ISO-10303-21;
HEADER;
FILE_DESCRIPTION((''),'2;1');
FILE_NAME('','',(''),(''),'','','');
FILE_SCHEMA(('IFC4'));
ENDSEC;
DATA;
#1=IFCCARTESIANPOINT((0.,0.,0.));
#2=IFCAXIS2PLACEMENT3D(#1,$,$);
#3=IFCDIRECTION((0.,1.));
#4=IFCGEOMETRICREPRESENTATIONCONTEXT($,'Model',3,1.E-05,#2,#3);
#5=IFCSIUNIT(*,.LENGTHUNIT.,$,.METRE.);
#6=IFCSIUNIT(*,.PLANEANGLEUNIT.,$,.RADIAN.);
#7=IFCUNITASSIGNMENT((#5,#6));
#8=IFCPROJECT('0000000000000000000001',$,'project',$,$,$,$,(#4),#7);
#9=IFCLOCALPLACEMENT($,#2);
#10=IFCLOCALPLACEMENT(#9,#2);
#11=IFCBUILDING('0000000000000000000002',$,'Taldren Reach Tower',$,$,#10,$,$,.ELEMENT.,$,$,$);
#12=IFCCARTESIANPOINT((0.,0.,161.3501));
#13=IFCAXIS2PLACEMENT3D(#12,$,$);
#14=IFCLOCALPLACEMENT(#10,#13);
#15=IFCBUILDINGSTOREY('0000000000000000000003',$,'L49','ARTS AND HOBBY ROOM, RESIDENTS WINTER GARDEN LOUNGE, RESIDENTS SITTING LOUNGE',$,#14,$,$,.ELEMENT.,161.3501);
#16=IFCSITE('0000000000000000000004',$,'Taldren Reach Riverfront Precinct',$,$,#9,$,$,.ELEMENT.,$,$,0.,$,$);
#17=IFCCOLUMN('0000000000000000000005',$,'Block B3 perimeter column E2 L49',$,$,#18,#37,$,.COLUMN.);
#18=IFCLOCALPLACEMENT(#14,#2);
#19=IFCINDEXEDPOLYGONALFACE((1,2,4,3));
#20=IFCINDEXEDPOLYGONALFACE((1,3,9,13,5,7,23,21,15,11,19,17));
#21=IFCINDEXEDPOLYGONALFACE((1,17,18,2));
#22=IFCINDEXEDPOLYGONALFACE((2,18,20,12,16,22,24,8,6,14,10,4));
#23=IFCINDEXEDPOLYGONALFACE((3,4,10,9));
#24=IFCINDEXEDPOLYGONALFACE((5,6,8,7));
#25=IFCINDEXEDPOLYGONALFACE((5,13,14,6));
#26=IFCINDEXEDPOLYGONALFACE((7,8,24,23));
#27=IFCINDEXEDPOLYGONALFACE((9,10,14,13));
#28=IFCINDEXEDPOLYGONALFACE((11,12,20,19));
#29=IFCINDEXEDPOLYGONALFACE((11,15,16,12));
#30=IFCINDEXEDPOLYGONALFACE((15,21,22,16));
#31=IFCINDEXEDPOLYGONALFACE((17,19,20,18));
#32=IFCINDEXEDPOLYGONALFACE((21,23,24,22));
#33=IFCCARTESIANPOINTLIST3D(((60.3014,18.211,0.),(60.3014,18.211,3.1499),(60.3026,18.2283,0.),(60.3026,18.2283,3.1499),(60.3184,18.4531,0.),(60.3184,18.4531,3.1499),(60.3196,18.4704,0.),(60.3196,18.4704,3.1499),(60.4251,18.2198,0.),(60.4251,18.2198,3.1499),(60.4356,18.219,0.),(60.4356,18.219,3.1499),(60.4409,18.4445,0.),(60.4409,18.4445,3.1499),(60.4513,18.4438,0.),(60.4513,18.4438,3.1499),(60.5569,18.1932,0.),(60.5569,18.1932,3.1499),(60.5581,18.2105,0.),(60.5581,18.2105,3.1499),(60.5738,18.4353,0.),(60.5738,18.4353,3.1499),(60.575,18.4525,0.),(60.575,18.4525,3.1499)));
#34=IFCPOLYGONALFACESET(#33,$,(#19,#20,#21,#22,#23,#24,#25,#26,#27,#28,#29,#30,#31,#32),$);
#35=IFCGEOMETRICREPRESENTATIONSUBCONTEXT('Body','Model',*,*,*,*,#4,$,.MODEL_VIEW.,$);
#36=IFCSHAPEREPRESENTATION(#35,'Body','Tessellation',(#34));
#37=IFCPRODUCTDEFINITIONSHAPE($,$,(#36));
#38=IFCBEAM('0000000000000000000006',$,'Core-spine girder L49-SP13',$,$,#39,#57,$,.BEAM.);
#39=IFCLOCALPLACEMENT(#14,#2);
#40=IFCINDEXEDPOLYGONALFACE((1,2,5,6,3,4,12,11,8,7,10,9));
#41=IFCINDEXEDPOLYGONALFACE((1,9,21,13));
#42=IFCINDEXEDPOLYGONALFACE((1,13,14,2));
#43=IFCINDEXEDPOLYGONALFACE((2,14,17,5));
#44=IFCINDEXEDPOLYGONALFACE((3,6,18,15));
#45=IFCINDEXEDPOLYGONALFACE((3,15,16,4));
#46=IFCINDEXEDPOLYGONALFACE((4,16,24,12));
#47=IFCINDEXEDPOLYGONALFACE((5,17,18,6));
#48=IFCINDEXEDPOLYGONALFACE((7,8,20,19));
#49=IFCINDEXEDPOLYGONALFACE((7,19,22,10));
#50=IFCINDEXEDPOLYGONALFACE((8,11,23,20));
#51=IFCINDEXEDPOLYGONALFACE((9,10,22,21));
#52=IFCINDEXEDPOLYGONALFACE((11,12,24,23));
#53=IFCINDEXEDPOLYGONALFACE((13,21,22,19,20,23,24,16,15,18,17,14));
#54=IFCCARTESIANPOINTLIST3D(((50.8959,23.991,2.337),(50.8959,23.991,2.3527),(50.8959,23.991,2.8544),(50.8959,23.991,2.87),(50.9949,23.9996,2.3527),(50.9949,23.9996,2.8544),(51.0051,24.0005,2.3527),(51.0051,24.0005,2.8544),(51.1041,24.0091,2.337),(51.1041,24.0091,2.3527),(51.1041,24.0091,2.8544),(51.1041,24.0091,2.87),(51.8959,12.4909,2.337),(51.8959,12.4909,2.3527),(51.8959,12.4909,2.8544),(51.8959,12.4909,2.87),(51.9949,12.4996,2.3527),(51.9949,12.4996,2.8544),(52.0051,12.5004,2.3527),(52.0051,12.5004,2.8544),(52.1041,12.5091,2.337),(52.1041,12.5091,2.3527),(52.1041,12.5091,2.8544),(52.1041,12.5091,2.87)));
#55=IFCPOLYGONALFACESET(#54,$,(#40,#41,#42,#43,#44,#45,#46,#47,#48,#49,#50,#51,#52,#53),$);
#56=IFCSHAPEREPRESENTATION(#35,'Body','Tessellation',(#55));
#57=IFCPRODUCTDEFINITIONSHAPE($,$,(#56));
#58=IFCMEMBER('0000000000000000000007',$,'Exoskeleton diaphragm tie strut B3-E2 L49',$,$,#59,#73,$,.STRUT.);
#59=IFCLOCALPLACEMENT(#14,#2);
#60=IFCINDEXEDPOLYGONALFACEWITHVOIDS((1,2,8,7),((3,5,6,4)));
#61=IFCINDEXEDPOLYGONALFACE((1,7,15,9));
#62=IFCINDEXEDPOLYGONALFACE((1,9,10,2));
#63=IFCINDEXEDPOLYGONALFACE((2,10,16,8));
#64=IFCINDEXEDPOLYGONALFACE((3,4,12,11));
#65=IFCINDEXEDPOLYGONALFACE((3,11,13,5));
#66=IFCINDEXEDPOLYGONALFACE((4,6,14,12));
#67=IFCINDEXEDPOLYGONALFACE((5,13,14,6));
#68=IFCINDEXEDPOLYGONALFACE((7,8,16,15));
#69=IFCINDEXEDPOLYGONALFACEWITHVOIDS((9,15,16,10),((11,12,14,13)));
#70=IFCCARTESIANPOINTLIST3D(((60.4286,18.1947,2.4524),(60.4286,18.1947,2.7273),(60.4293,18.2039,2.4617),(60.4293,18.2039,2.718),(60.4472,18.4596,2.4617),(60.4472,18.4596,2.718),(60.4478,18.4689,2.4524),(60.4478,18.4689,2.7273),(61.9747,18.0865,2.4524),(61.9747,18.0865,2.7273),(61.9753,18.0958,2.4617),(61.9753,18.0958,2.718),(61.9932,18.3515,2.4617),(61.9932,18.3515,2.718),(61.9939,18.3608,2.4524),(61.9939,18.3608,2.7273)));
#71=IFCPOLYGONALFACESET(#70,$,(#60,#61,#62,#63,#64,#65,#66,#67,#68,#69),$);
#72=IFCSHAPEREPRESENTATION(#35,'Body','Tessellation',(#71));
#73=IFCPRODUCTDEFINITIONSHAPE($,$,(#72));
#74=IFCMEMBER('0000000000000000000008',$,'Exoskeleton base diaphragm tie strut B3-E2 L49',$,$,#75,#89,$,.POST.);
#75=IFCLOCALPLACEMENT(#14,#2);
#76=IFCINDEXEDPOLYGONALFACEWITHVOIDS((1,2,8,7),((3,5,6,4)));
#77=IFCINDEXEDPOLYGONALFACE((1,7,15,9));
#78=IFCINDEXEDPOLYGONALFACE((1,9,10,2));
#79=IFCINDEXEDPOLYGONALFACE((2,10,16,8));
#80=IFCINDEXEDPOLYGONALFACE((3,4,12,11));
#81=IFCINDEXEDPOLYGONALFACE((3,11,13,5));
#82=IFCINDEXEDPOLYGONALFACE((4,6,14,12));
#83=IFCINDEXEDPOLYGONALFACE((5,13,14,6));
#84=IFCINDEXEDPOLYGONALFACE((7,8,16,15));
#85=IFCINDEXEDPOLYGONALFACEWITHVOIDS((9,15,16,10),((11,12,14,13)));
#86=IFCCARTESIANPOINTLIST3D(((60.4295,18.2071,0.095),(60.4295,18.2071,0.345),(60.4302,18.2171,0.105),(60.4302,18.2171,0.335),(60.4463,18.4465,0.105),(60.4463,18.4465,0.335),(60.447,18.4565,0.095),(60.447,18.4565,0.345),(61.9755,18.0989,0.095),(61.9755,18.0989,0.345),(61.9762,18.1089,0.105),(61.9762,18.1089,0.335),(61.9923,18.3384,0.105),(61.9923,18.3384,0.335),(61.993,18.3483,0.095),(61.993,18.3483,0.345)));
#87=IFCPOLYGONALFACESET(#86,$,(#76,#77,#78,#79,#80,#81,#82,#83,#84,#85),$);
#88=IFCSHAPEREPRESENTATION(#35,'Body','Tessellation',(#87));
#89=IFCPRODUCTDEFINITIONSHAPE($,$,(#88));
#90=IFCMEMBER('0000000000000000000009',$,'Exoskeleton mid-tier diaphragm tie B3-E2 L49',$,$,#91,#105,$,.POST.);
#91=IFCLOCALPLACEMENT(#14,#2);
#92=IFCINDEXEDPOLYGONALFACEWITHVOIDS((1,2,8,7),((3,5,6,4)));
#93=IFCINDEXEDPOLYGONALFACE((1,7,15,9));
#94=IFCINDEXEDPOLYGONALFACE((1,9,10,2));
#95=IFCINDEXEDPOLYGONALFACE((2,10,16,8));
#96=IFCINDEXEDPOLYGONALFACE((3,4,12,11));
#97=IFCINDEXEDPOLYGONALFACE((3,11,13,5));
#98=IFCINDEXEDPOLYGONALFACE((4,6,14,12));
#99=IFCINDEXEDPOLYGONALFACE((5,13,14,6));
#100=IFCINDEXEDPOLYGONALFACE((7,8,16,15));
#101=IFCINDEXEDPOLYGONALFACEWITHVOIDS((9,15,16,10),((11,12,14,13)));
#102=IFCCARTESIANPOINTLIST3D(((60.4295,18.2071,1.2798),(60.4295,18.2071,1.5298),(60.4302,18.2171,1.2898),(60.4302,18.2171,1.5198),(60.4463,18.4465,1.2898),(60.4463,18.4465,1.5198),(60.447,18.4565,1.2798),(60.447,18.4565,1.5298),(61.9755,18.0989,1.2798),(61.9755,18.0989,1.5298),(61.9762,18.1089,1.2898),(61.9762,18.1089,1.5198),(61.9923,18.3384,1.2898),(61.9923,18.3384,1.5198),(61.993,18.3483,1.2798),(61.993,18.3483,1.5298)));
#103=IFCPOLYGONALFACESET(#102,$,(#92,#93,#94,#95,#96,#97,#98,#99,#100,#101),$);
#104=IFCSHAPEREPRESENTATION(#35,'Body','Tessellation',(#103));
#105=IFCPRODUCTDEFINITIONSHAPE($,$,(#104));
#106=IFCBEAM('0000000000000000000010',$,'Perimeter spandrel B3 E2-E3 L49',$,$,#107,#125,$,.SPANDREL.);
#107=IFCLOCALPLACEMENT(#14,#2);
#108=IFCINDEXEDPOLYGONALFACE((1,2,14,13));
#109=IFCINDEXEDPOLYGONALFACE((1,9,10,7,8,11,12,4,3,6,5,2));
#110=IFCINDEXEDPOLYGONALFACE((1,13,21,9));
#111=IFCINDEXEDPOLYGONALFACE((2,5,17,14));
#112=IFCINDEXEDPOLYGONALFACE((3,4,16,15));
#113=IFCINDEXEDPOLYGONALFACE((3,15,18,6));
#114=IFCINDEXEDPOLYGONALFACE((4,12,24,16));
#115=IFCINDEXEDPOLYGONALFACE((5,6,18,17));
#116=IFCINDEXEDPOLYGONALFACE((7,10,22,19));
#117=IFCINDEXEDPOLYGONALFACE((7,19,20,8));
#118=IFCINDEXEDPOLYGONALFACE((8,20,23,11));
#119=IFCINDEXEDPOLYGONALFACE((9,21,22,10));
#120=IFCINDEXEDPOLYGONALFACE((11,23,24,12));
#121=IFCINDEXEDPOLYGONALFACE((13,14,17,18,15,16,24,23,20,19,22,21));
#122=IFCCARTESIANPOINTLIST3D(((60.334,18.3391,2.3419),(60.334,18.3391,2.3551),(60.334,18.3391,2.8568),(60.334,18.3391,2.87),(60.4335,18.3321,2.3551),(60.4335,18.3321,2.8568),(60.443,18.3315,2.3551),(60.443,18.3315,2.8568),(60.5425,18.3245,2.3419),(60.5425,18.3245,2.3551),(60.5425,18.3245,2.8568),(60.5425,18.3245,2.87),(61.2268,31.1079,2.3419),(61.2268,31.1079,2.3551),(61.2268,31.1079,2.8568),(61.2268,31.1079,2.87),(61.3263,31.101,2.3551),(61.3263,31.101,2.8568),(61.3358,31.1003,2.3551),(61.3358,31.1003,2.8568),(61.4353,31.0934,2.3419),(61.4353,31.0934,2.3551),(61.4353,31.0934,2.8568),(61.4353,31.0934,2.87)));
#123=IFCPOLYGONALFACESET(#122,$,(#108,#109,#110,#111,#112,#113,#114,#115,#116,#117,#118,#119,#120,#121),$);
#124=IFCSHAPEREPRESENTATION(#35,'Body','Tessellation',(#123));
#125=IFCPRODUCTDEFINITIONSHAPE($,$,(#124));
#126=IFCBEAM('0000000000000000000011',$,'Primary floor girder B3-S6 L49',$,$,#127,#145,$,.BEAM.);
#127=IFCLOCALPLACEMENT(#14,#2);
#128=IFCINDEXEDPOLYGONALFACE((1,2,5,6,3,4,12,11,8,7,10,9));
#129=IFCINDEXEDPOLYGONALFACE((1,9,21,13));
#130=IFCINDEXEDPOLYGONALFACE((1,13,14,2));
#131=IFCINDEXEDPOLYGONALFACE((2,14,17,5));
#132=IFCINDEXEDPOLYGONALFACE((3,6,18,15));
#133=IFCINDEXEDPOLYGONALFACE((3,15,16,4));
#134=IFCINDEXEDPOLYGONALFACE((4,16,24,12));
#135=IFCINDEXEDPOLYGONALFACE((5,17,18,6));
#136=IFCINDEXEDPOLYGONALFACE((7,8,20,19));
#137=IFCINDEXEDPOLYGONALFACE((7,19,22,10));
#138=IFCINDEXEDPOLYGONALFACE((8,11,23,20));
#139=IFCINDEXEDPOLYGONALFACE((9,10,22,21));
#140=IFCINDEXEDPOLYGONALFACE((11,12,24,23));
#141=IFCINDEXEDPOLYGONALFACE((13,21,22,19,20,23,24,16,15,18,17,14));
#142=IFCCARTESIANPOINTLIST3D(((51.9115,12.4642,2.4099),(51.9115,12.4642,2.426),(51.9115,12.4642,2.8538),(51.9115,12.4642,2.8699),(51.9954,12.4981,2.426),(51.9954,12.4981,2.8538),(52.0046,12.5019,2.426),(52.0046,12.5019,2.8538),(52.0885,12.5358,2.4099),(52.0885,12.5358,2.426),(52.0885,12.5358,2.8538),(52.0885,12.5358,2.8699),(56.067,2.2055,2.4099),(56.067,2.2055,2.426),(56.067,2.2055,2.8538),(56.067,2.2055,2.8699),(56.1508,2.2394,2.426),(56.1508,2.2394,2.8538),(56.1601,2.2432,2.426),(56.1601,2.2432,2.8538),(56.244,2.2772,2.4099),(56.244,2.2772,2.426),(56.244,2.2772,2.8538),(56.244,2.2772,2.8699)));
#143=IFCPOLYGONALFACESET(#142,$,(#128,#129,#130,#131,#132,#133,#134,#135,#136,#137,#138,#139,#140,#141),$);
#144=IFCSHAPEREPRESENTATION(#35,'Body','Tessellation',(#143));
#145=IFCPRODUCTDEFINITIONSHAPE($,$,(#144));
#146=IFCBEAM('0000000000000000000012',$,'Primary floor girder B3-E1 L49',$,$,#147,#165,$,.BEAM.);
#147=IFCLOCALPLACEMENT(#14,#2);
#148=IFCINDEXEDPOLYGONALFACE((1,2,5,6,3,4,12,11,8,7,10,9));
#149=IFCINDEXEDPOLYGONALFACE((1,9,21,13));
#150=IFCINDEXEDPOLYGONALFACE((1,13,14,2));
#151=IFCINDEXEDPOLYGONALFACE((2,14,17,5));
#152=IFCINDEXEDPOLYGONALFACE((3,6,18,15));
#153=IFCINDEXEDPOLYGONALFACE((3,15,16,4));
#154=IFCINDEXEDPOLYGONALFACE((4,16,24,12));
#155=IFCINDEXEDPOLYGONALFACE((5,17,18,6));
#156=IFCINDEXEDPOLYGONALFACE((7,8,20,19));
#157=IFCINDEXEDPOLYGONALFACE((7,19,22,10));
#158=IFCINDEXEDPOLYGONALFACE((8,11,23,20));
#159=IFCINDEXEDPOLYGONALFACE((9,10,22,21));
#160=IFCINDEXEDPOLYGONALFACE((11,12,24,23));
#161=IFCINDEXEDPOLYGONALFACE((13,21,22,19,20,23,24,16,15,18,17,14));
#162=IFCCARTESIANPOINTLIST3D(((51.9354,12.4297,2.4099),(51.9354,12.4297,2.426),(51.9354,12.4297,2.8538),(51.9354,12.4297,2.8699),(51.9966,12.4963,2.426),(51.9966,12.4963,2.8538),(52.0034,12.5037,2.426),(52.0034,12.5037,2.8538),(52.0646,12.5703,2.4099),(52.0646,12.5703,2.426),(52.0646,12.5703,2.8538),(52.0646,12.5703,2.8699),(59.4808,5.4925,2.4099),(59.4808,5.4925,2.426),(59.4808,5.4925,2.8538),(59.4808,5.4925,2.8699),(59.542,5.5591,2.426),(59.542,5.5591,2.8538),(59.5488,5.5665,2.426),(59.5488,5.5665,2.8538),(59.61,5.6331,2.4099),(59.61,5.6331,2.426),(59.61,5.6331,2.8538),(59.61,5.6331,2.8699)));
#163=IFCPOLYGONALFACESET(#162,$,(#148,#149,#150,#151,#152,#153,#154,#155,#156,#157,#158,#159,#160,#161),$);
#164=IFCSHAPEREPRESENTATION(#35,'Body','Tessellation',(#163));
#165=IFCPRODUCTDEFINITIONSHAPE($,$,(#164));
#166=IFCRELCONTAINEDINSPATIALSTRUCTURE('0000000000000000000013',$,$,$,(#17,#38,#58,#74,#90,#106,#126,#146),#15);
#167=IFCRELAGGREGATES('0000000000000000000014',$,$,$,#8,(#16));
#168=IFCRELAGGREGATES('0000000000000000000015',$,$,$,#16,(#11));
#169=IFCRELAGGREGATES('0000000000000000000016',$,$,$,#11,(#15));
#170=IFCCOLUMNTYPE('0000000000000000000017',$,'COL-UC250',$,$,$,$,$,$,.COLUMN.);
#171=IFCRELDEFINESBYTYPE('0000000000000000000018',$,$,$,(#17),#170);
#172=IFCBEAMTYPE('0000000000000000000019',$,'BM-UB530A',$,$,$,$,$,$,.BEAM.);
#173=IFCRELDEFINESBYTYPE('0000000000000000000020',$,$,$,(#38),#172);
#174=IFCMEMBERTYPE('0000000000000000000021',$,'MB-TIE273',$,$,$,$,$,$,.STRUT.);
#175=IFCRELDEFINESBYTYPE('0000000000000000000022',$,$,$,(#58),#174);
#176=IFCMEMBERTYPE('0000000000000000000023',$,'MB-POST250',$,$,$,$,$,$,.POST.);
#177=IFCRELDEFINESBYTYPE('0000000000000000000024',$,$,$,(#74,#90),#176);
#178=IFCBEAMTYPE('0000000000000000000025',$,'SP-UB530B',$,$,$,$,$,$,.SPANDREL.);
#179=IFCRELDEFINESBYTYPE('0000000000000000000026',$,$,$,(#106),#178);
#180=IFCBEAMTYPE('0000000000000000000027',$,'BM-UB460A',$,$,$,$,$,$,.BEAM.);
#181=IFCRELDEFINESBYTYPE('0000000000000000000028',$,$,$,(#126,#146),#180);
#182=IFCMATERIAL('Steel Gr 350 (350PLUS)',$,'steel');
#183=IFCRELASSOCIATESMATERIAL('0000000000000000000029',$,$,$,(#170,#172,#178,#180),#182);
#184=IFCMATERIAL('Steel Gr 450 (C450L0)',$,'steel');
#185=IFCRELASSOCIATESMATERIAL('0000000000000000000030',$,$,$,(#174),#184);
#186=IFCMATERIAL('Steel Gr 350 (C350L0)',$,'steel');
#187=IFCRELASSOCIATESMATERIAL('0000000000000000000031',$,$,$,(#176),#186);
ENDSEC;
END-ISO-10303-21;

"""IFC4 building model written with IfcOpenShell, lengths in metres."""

from ifc_helpers import new_model, si_unit, direction, frame, origin, origin_2d, place, context, subcontext, project, spatial, hollow_rectangle, i_section, extrude, source, transform, mapped, material, material_profile, profile_set, type_object, element, save


model = new_model("IFC4")

# Units and contexts
model_context = context("Model", 3, precision=1e-05, world=origin(), true_north=direction((0.0, 1.0)))
body_context = subcontext(model_context, "Body", "Model", "MODEL_VIEW")
ifc_project = project(units=[si_unit("LENGTHUNIT", "METRE"), si_unit("PLANEANGLEUNIT", "RADIAN")], contexts=[model_context])

# Site, building, storey
site_placement = place(None, origin())
site = spatial("IfcSite", under=ifc_project, at=site_placement, Name="Taldren Reach Riverfront Precinct", CompositionType="ELEMENT", RefElevation=0.0)
building_placement = place(site_placement, origin())
building = spatial("IfcBuilding", under=site, at=building_placement, Name="Taldren Reach Tower", CompositionType="ELEMENT")
storey_placement = place(building_placement, frame((0.0, 0.0, 161.3501)))
storey = spatial("IfcBuildingStorey", under=building, at=storey_placement, Name="L49", Description="ARTS AND HOBBY ROOM, RESIDENTS WINTER GARDEN LOUNGE, RESIDENTS SITTING LOUNGE", CompositionType="ELEMENT", Elevation=161.3501)

# Column
ifc_material_1 = material(Name="Steel Gr 350 (350PLUS)", Category="steel")
ifc_material_profile_1 = material_profile(ifc_material_1, i_section(OverallWidth=0.2561, OverallDepth=0.26, WebThickness=0.0105, FlangeThickness=0.0173, at=origin_2d()), Name="250UC89.5")
ifc_profile_set_1 = profile_set([ifc_material_profile_1], Name="Steel Gr 350 (350PLUS)")
column_type = type_object("IfcColumnType", Name="COL-UC250", PredefinedType="COLUMN", material=ifc_profile_set_1)
shared_shape_1 = source(origin(), body_context, "Body", "SweptSolid", [
    extrude(i_section(OverallWidth=0.2561, OverallDepth=0.26, WebThickness=0.0105, FlangeThickness=0.0173, at=origin_2d()), origin(), (0.0, 0.0, 1.0), 3.1499),
])
column_placement = place(storey_placement, frame((60.4382, 18.3318, 0.0), z_axis=(0.0, 0.0, 1.0), x_axis=(0.997564, -0.069756, 0.0)))
element("IfcColumn", 1, at=column_placement, inside=storey, type_object=column_type, Name="Block B3 perimeter column E2 L49", PredefinedType="COLUMN", context=body_context, shape_type="MappedRepresentation", body=[
    mapped(shared_shape_1, transform((0.0, 0.0, 0.0), scale=1.0)),
])

# Beam
ifc_material_profile_2 = material_profile(ifc_material_1, i_section(OverallWidth=0.209, OverallDepth=0.533, WebThickness=0.0103, FlangeThickness=0.0156, at=origin_2d()), Name="530UB92.4")
ifc_profile_set_2 = profile_set([ifc_material_profile_2], Name="Steel Gr 350 (350PLUS)")
beam_type_1 = type_object("IfcBeamType", Name="BM-UB530A", PredefinedType="BEAM", material=ifc_profile_set_2)
shared_shape_2 = source(origin(), body_context, "Body", "SweptSolid", [
    extrude(i_section(OverallWidth=0.209, OverallDepth=0.533, WebThickness=0.0103, FlangeThickness=0.0156, at=origin_2d()), origin(), (0.0, 0.0, 1.0), 11.5435),
])
beam_1_placement = place(storey_placement, frame((52.0, 12.5, 2.6035), z_axis=(-0.08663, 0.996241, 0.0), x_axis=(-0.996241, -0.08663, 0.0)))
element("IfcBeam", 2, at=beam_1_placement, inside=storey, type_object=beam_type_1, Name="Core-spine girder L49-SP13", PredefinedType="BEAM", context=body_context, shape_type="MappedRepresentation", body=[
    mapped(shared_shape_2, transform((0.0, 0.0, 0.0), scale=1.0)),
])

# Members
ifc_material_2 = material(Name="Steel Gr 450 (C450L0)", Category="steel")
ifc_material_profile_3 = material_profile(ifc_material_2, hollow_rectangle(XDim=0.2749, YDim=0.2749, WallThickness=0.0093, at=origin_2d()), Name="275x275x9.3SHS")
ifc_profile_set_3 = profile_set([ifc_material_profile_3], Name="Steel Gr 450 (C450L0)")
member_type_1 = type_object("IfcMemberType", Name="MB-TIE273", PredefinedType="STRUT", material=ifc_profile_set_3)
shared_shape_3 = source(origin(), body_context, "Body", "SweptSolid", [
    extrude(hollow_rectangle(XDim=0.2749, YDim=0.2749, WallThickness=0.0093, at=origin_2d()), origin(), (0.0, 0.0, 1.0), 1.5498),
])
member_1_placement = place(storey_placement, frame((60.4382, 18.3318, 2.5898), z_axis=(0.997562, -0.069781, 0.0), x_axis=(0.069781, 0.997562, 0.0)))
element("IfcMember", 3, at=member_1_placement, inside=storey, type_object=member_type_1, Name="Exoskeleton diaphragm tie strut B3-E2 L49", PredefinedType="STRUT", context=body_context, shape_type="MappedRepresentation", body=[
    mapped(shared_shape_3, transform((0.0, 0.0, 0.0), scale=1.0)),
])
ifc_material_3 = material(Name="Steel Gr 350 (C350L0)", Category="steel")
ifc_material_profile_4 = material_profile(ifc_material_3, hollow_rectangle(XDim=0.25, YDim=0.25, WallThickness=0.01, at=origin_2d()), Name="250x250x10.0SHS")
ifc_profile_set_4 = profile_set([ifc_material_profile_4], Name="Steel Gr 350 (C350L0)")
member_type_2 = type_object("IfcMemberType", Name="MB-POST250", PredefinedType="POST", material=ifc_profile_set_4)
shared_shape_4 = source(origin(), body_context, "Body", "SweptSolid", [
    extrude(hollow_rectangle(XDim=0.25, YDim=0.25, WallThickness=0.01, at=origin_2d()), origin(), (0.0, 0.0, 1.0), 1.5498),
])
for number, where, z_axis, x_axis, name in (
    (4, (60.4382, 18.3318, 0.22), (0.997562, -0.069781, 0.0), (0.069781, 0.997562, 0.0), "Exoskeleton base diaphragm tie strut B3-E2 L49"),
    (5, (60.4382, 18.3318, 1.4048), (0.997562, -0.069781, 0.0), (0.069781, 0.997562, 0.0), "Exoskeleton mid-tier diaphragm tie B3-E2 L49"),
):
    element("IfcMember", number, at=place(storey_placement, frame(where, z_axis=z_axis, x_axis=x_axis)), inside=storey, type_object=member_type_2, Name=name, PredefinedType="POST", context=body_context, shape_type="MappedRepresentation", body=[
        mapped(shared_shape_4, transform((0.0, 0.0, 0.0), scale=1.0)),
    ])

# Beams
ifc_material_profile_5 = material_profile(ifc_material_1, i_section(OverallWidth=0.209, OverallDepth=0.5281, WebThickness=0.0095, FlangeThickness=0.0132, at=origin_2d()), Name="530UB82.0")
ifc_profile_set_5 = profile_set([ifc_material_profile_5], Name="Steel Gr 350 (350PLUS)")
beam_type_2 = type_object("IfcBeamType", Name="SP-UB530B", PredefinedType="SPANDREL", material=ifc_profile_set_5)
shared_shape_5 = source(origin(), body_context, "Body", "SweptSolid", [
    extrude(i_section(OverallWidth=0.209, OverallDepth=0.5281, WebThickness=0.0095, FlangeThickness=0.0132, at=origin_2d()), origin(), (0.0, 0.0, 1.0), 12.8),
])
beam_2_placement = place(storey_placement, frame((60.4382, 18.3318, 2.606), z_axis=(0.069752, 0.997564, 0.0), x_axis=(-0.997564, 0.069752, 0.0)))
element("IfcBeam", 6, at=beam_2_placement, inside=storey, type_object=beam_type_2, Name="Perimeter spandrel B3 E2-E3 L49", PredefinedType="SPANDREL", context=body_context, shape_type="MappedRepresentation", body=[
    mapped(shared_shape_5, transform((0.0, 0.0, 0.0), scale=1.0)),
])
ifc_material_profile_6 = material_profile(ifc_material_1, i_section(OverallWidth=0.1909, OverallDepth=0.46, WebThickness=0.01, FlangeThickness=0.0161, at=origin_2d()), Name="460UB82.1")
ifc_profile_set_6 = profile_set([ifc_material_profile_6], Name="Steel Gr 350 (350PLUS)")
beam_type_3 = type_object("IfcBeamType", Name="BM-UB460A", PredefinedType="BEAM", material=ifc_profile_set_6)
shared_shape_6 = source(origin(), body_context, "Body", "SweptSolid", [
    extrude(i_section(OverallWidth=0.1909, OverallDepth=0.46, WebThickness=0.01, FlangeThickness=0.0161, at=origin_2d()), origin(), (0.0, 0.0, 1.0), 11.0684),
])
beam_3_placement = place(storey_placement, frame((52.0, 12.5, 2.6399), z_axis=(0.375437, -0.926848, 0.0), x_axis=(0.926848, 0.375437, 0.0)))
element("IfcBeam", 7, at=beam_3_placement, inside=storey, type_object=beam_type_3, Name="Primary floor girder B3-S6 L49", PredefinedType="BEAM", context=body_context, shape_type="MappedRepresentation", body=[
    mapped(shared_shape_6, transform((0.0, 0.0, 0.0), scale=1.0)),
])
shared_shape_7 = source(origin(), body_context, "Body", "SweptSolid", [
    extrude(i_section(OverallWidth=0.1909, OverallDepth=0.46, WebThickness=0.01, FlangeThickness=0.0161, at=origin_2d()), origin(), (0.0, 0.0, 1.0), 10.2498),
])
beam_4_placement = place(storey_placement, frame((52.0, 12.5, 2.6399), z_axis=(0.736151, -0.676818, 0.0), x_axis=(0.676818, 0.736151, 0.0)))
element("IfcBeam", 8, at=beam_4_placement, inside=storey, type_object=beam_type_3, Name="Primary floor girder B3-E1 L49", PredefinedType="BEAM", context=body_context, shape_type="MappedRepresentation", body=[
    mapped(shared_shape_7, transform((0.0, 0.0, 0.0), scale=1.0)),
])

save(model, "model.ifc")
